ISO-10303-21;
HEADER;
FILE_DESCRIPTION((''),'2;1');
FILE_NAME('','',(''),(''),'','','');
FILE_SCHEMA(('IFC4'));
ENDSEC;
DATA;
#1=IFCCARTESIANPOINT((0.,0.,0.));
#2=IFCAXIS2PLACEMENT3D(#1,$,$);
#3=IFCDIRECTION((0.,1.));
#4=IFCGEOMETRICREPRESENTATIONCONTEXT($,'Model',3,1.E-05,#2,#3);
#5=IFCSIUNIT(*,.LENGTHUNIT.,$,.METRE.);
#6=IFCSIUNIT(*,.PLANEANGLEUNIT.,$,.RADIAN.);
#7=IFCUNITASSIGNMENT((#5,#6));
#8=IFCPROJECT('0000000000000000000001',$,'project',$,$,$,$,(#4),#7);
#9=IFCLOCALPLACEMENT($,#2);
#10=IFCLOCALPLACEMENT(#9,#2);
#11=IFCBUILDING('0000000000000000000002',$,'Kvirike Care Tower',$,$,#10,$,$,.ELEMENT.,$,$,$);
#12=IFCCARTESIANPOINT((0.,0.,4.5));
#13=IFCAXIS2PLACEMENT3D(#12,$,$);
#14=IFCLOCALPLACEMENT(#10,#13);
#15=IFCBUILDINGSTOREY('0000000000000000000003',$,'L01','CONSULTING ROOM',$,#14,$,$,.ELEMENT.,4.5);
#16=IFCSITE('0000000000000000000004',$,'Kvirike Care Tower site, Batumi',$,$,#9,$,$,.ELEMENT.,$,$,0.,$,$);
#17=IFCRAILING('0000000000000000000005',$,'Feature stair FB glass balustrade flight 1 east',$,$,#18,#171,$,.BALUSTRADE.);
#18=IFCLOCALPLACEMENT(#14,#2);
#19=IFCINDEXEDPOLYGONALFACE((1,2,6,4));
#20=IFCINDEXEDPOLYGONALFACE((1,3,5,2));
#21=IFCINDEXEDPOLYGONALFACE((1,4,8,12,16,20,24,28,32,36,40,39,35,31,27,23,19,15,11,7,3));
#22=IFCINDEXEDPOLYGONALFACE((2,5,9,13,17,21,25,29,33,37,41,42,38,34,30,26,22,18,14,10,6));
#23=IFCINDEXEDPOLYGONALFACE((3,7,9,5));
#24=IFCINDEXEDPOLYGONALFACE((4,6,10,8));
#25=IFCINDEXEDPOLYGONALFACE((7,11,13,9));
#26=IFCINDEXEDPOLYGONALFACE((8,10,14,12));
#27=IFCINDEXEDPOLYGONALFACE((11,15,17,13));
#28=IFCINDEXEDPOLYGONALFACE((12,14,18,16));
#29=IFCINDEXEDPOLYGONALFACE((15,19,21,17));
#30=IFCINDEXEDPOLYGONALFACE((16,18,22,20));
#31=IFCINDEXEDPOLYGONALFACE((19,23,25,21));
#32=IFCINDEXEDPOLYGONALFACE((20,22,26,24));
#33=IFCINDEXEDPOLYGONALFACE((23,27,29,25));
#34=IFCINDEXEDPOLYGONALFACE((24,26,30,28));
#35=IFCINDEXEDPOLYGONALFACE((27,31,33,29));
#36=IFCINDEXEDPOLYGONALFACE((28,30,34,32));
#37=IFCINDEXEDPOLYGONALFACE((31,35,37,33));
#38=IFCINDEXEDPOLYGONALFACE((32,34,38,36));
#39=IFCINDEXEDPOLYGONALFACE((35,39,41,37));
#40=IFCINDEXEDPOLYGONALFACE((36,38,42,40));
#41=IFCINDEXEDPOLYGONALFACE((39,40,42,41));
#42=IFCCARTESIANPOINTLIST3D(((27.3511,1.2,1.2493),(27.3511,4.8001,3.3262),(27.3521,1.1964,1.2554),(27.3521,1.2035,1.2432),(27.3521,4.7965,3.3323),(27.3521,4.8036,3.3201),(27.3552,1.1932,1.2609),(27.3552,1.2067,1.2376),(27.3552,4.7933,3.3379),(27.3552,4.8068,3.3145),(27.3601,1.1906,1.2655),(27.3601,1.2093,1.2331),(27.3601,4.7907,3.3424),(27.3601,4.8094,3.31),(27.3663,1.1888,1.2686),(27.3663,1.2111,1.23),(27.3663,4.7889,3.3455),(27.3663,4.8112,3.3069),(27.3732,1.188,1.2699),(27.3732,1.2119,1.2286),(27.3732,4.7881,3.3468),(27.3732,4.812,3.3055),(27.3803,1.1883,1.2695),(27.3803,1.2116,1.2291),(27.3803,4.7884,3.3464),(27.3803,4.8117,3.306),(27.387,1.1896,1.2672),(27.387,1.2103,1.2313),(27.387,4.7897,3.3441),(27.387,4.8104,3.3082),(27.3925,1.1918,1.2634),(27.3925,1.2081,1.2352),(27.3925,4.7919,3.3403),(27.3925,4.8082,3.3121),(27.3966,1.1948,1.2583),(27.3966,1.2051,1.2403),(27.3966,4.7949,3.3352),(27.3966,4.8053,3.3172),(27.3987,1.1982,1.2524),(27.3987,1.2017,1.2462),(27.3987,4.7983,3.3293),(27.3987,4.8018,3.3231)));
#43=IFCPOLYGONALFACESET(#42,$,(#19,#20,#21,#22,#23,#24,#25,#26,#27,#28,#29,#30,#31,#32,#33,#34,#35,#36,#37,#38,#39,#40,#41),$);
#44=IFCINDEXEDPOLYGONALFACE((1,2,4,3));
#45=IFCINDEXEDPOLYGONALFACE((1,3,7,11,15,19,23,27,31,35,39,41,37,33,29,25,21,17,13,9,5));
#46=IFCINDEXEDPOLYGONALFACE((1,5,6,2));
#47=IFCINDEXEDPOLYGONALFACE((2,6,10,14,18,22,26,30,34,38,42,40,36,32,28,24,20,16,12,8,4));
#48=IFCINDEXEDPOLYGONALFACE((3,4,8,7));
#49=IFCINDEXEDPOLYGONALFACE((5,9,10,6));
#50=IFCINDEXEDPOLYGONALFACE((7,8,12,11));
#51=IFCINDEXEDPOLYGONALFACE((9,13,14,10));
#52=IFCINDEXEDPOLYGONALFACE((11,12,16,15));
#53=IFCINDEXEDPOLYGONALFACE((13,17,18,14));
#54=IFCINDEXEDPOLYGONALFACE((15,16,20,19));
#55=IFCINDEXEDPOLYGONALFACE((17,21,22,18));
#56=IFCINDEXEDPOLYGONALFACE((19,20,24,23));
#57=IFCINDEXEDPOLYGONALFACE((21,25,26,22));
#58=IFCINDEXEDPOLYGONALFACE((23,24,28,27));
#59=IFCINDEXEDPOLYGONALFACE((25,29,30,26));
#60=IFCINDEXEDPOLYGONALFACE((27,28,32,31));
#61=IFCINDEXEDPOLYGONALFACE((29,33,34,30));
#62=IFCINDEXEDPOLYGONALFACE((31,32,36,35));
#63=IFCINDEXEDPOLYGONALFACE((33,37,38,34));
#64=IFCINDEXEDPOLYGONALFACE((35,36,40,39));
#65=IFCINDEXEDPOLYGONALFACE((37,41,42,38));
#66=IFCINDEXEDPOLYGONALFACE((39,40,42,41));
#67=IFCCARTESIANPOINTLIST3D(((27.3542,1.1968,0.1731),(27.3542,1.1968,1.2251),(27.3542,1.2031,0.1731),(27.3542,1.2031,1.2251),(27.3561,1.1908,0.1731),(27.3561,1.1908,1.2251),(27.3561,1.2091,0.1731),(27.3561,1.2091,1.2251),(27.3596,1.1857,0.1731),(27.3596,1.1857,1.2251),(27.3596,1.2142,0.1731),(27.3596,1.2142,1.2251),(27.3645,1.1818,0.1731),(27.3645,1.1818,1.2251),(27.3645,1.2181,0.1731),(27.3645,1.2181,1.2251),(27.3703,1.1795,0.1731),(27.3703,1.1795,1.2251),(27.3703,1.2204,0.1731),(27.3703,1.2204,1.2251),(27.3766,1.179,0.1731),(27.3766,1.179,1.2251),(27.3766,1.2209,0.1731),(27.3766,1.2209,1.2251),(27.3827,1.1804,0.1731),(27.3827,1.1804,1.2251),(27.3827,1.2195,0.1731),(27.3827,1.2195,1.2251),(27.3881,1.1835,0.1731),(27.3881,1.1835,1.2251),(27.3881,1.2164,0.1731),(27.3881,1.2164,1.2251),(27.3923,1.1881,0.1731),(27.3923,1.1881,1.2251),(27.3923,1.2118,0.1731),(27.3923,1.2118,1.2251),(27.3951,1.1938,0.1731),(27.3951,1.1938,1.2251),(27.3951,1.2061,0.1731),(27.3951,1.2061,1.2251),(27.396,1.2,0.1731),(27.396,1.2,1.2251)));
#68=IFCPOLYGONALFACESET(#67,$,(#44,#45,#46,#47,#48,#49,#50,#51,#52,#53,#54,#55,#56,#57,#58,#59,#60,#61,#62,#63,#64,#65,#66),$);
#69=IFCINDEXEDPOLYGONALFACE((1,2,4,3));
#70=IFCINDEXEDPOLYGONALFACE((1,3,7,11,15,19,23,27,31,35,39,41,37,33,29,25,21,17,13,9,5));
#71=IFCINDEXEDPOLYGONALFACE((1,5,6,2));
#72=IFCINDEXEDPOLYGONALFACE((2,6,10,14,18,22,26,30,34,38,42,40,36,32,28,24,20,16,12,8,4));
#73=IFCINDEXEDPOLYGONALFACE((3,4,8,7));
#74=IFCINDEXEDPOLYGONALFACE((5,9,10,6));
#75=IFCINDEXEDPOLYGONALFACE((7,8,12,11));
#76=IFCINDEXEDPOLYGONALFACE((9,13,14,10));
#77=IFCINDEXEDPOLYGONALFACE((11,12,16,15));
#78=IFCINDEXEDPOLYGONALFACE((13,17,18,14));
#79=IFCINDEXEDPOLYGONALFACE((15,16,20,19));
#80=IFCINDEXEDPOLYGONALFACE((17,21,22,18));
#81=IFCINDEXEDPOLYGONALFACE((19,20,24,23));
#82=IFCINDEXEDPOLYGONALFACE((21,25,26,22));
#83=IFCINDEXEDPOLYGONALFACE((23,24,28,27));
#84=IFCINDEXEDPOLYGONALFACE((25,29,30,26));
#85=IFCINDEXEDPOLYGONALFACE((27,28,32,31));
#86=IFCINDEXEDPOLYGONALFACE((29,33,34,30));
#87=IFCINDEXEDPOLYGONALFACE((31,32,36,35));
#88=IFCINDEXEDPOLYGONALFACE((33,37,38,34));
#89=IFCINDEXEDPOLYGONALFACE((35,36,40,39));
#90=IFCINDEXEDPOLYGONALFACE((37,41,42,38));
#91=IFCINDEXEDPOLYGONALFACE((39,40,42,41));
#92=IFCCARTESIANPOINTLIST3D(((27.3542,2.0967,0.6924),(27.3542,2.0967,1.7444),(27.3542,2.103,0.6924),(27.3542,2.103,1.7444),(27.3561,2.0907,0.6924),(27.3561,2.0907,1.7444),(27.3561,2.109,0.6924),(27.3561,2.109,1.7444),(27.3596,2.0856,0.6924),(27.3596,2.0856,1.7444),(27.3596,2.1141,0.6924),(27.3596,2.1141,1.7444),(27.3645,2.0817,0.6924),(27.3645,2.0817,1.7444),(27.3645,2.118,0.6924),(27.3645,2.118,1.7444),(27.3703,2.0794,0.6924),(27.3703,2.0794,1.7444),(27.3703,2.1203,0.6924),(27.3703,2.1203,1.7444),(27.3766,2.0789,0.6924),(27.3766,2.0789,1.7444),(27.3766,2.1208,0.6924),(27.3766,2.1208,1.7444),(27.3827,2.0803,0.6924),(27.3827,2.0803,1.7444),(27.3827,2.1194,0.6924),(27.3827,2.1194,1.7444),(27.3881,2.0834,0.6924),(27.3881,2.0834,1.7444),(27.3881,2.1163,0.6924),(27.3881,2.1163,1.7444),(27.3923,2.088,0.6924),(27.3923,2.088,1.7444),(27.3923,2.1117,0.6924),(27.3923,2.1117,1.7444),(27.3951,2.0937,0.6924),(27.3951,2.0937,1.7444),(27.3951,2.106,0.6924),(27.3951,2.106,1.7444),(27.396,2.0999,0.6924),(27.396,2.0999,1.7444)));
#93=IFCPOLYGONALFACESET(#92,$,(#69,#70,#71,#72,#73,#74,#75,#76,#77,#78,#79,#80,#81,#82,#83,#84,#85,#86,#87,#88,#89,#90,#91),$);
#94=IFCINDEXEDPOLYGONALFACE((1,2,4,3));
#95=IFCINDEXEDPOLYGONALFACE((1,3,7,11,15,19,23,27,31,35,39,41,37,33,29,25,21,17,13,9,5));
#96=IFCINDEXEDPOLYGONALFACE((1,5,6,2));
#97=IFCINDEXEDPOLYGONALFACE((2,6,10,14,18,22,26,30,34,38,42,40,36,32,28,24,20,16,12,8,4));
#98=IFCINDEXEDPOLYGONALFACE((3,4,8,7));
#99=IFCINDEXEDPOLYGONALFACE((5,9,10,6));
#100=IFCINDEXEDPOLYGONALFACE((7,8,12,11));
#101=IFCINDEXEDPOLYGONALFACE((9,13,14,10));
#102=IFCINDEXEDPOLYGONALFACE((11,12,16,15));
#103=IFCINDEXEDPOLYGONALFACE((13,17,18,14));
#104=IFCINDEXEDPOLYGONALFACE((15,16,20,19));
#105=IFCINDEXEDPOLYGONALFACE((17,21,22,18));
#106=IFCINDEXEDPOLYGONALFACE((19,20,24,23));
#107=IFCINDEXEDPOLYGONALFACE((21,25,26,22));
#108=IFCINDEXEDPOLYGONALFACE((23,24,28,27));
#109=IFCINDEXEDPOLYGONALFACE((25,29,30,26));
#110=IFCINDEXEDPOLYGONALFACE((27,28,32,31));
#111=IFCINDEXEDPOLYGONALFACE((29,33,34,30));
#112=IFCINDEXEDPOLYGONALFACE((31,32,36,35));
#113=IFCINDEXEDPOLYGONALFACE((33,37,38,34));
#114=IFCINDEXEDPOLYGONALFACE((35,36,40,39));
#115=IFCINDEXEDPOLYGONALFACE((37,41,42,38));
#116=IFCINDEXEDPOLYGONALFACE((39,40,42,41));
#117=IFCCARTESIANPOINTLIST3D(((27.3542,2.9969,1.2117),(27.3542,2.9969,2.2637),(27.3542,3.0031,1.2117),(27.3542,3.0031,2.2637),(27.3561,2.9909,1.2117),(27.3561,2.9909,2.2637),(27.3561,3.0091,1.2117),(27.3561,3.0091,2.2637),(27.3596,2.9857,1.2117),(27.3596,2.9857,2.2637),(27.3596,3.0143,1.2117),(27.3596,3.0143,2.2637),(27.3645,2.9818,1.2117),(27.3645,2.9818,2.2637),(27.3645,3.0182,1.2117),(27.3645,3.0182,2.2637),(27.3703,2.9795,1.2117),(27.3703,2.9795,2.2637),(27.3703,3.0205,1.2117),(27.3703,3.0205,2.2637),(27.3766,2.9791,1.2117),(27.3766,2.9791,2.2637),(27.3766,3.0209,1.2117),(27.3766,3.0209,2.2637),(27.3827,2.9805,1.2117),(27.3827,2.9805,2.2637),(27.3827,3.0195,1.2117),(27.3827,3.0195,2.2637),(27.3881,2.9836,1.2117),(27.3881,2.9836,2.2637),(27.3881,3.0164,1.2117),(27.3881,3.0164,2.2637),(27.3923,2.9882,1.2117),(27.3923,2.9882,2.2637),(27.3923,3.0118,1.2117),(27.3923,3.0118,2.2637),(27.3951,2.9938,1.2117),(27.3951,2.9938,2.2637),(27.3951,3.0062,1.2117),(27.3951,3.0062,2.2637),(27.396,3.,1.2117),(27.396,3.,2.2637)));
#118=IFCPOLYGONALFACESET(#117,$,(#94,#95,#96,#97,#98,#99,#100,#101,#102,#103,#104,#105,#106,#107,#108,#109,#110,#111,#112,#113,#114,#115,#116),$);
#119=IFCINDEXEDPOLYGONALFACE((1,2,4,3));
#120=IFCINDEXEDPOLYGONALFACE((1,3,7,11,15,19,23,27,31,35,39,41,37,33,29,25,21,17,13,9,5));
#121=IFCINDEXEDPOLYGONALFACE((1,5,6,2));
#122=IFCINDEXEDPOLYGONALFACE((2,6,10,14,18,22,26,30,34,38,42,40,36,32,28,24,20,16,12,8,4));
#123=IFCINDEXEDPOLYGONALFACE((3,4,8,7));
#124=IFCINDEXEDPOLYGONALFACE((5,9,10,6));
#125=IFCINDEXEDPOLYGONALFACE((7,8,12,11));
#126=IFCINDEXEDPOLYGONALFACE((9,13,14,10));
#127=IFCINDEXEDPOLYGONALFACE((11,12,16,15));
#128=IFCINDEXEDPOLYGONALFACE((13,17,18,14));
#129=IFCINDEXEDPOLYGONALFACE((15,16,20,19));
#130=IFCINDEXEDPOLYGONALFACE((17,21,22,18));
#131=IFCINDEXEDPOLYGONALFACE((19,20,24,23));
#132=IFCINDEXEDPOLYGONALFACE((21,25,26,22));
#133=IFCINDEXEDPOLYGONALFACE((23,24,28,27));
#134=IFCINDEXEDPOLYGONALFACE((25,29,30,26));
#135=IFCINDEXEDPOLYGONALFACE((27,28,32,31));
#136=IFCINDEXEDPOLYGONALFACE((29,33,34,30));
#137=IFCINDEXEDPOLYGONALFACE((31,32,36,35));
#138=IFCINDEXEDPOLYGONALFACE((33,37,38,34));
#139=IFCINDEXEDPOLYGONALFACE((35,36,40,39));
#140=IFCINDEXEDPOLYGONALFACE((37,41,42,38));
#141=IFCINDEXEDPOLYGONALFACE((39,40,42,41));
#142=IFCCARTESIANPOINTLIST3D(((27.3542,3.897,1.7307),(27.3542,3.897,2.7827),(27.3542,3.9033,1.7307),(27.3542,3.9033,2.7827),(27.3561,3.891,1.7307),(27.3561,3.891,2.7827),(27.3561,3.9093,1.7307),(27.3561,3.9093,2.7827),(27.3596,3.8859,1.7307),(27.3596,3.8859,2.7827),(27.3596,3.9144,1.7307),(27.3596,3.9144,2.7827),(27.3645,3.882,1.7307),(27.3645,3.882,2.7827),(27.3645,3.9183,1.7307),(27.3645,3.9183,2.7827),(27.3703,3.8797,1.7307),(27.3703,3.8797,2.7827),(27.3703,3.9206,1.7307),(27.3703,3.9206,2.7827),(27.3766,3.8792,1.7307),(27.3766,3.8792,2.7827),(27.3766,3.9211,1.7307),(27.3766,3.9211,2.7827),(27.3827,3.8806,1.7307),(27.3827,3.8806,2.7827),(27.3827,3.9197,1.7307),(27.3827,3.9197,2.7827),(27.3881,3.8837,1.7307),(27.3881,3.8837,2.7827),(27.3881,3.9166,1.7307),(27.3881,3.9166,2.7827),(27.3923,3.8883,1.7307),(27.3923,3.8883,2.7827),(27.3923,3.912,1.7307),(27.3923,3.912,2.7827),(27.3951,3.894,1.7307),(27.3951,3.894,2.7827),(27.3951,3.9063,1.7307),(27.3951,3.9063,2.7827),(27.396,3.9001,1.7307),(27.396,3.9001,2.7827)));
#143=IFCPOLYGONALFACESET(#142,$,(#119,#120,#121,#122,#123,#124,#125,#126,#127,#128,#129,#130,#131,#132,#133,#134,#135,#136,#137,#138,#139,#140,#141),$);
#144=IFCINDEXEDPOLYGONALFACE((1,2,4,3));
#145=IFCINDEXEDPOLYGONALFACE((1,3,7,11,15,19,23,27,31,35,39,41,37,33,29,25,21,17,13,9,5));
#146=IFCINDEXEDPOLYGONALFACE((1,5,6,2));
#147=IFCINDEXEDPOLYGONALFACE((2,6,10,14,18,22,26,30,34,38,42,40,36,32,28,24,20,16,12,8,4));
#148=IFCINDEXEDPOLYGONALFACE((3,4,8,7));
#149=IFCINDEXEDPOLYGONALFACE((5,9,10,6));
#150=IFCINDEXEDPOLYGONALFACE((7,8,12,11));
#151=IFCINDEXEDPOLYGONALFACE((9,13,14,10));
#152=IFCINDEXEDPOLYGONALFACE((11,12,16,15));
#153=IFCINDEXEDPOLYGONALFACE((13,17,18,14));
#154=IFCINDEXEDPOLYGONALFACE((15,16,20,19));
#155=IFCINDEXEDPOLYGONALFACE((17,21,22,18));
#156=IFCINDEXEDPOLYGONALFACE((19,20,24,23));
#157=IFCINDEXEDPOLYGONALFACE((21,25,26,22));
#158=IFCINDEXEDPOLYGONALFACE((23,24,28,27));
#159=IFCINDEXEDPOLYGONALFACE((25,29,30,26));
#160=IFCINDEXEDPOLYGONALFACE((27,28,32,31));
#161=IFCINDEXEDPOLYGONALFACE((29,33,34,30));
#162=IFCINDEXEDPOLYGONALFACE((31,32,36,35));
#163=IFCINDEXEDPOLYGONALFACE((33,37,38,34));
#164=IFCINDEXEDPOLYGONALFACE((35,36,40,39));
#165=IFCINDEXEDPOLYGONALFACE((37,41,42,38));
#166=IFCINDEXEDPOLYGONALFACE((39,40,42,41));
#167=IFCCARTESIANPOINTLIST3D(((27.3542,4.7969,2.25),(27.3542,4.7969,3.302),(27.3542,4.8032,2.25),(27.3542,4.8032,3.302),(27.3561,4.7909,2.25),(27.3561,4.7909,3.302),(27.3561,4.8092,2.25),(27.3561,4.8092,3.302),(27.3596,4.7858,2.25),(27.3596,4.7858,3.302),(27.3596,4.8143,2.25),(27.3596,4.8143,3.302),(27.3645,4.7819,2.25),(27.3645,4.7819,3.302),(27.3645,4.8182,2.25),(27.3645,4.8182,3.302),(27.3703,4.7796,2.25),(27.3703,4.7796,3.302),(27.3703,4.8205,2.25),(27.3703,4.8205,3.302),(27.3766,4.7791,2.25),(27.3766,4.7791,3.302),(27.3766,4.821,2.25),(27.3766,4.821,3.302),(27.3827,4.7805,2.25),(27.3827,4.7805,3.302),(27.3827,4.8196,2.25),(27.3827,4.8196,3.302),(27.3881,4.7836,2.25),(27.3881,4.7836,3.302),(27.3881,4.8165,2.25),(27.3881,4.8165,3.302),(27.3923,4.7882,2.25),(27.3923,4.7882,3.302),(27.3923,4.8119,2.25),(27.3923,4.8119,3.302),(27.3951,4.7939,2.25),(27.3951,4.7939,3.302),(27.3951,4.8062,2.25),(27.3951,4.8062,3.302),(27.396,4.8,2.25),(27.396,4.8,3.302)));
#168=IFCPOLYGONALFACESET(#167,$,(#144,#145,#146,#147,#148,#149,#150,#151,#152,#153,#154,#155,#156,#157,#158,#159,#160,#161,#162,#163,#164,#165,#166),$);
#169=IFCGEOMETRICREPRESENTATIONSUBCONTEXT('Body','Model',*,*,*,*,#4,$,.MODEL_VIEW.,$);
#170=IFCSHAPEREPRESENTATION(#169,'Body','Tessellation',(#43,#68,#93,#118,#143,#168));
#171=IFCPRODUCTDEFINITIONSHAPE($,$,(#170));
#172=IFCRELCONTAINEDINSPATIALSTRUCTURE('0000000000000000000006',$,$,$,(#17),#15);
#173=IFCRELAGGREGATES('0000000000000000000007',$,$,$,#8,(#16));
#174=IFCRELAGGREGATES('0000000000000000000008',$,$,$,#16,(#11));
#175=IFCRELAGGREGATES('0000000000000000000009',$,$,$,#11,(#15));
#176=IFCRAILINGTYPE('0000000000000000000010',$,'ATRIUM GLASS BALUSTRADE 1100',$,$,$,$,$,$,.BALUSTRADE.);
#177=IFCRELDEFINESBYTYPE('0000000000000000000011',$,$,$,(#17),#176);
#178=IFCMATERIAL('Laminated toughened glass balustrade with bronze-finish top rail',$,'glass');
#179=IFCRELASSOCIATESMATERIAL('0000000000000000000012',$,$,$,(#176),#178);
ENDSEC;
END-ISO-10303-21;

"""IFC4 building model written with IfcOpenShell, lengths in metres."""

from ifc_helpers import new_model, si_unit, direction, frame, origin, origin_2d, place, context, subcontext, project, spatial, circle, extrude, material, type_object, element, save


model = new_model("IFC4")

# Units and contexts
model_context = context("Model", 3, precision=1e-05, world=origin(), true_north=direction((0.0, 1.0)))
body_context = subcontext(model_context, "Body", "Model", "MODEL_VIEW")
ifc_project = project(units=[si_unit("LENGTHUNIT", "METRE"), si_unit("PLANEANGLEUNIT", "RADIAN")], contexts=[model_context])

# Site, building, storey
site_placement = place(None, origin())
site = spatial("IfcSite", under=ifc_project, at=site_placement, Name="Kvirike Care Tower site, Batumi", CompositionType="ELEMENT", RefElevation=0.0)
building_placement = place(site_placement, origin())
building = spatial("IfcBuilding", under=site, at=building_placement, Name="Kvirike Care Tower", CompositionType="ELEMENT")
storey_placement = place(building_placement, frame((0.0, 0.0, 4.5)))
storey = spatial("IfcBuildingStorey", under=building, at=storey_placement, Name="L01", Description="CONSULTING ROOM", CompositionType="ELEMENT", Elevation=4.5)

# Railing
ifc_material_1 = material(Name="Laminated toughened glass balustrade with bronze-finish top rail", Category="glass")
railing_type_1 = type_object("IfcRailingType", Name="ATRIUM GLASS BALUSTRADE 1100", PredefinedType="BALUSTRADE", material=ifc_material_1)
for number, where, name in (
    (1, (27.375, 1.2, 0.1731), "Feature stair FB glass balustrade flight 1 east"),
):
    element("IfcRailing", number, at=place(storey_placement, frame(where)), inside=storey, type_object=railing_type_1, Name=name, PredefinedType="BALUSTRADE", context=body_context, shape_type="SweptSolid", body=[
        extrude(circle(Radius=0.0239, at=origin_2d()), frame((0.0, 0.0, 1.0762), z_axis=(0.0, 0.866193, 0.499709), x_axis=(-1.0, 0.0, 0.0)), (0.0, 0.0, 1.0), 4.1562),
        extrude(circle(Radius=0.021, at=origin_2d()), origin(), (0.0, 0.0, 1.0), 1.052),
        extrude(circle(Radius=0.021, at=origin_2d()), frame((0.0, 0.8999, 0.5193)), (0.0, 0.0, 1.0), 1.052),
        extrude(circle(Radius=0.021, at=origin_2d()), frame((0.0, 1.8, 1.0386)), (0.0, 0.0, 1.0), 1.052),
        extrude(circle(Radius=0.021, at=origin_2d()), frame((0.0, 2.7002, 1.5576)), (0.0, 0.0, 1.0), 1.052),
        extrude(circle(Radius=0.021, at=origin_2d()), frame((0.0, 3.6001, 2.0769)), (0.0, 0.0, 1.0), 1.052),
    ])

save(model, "model.ifc")
